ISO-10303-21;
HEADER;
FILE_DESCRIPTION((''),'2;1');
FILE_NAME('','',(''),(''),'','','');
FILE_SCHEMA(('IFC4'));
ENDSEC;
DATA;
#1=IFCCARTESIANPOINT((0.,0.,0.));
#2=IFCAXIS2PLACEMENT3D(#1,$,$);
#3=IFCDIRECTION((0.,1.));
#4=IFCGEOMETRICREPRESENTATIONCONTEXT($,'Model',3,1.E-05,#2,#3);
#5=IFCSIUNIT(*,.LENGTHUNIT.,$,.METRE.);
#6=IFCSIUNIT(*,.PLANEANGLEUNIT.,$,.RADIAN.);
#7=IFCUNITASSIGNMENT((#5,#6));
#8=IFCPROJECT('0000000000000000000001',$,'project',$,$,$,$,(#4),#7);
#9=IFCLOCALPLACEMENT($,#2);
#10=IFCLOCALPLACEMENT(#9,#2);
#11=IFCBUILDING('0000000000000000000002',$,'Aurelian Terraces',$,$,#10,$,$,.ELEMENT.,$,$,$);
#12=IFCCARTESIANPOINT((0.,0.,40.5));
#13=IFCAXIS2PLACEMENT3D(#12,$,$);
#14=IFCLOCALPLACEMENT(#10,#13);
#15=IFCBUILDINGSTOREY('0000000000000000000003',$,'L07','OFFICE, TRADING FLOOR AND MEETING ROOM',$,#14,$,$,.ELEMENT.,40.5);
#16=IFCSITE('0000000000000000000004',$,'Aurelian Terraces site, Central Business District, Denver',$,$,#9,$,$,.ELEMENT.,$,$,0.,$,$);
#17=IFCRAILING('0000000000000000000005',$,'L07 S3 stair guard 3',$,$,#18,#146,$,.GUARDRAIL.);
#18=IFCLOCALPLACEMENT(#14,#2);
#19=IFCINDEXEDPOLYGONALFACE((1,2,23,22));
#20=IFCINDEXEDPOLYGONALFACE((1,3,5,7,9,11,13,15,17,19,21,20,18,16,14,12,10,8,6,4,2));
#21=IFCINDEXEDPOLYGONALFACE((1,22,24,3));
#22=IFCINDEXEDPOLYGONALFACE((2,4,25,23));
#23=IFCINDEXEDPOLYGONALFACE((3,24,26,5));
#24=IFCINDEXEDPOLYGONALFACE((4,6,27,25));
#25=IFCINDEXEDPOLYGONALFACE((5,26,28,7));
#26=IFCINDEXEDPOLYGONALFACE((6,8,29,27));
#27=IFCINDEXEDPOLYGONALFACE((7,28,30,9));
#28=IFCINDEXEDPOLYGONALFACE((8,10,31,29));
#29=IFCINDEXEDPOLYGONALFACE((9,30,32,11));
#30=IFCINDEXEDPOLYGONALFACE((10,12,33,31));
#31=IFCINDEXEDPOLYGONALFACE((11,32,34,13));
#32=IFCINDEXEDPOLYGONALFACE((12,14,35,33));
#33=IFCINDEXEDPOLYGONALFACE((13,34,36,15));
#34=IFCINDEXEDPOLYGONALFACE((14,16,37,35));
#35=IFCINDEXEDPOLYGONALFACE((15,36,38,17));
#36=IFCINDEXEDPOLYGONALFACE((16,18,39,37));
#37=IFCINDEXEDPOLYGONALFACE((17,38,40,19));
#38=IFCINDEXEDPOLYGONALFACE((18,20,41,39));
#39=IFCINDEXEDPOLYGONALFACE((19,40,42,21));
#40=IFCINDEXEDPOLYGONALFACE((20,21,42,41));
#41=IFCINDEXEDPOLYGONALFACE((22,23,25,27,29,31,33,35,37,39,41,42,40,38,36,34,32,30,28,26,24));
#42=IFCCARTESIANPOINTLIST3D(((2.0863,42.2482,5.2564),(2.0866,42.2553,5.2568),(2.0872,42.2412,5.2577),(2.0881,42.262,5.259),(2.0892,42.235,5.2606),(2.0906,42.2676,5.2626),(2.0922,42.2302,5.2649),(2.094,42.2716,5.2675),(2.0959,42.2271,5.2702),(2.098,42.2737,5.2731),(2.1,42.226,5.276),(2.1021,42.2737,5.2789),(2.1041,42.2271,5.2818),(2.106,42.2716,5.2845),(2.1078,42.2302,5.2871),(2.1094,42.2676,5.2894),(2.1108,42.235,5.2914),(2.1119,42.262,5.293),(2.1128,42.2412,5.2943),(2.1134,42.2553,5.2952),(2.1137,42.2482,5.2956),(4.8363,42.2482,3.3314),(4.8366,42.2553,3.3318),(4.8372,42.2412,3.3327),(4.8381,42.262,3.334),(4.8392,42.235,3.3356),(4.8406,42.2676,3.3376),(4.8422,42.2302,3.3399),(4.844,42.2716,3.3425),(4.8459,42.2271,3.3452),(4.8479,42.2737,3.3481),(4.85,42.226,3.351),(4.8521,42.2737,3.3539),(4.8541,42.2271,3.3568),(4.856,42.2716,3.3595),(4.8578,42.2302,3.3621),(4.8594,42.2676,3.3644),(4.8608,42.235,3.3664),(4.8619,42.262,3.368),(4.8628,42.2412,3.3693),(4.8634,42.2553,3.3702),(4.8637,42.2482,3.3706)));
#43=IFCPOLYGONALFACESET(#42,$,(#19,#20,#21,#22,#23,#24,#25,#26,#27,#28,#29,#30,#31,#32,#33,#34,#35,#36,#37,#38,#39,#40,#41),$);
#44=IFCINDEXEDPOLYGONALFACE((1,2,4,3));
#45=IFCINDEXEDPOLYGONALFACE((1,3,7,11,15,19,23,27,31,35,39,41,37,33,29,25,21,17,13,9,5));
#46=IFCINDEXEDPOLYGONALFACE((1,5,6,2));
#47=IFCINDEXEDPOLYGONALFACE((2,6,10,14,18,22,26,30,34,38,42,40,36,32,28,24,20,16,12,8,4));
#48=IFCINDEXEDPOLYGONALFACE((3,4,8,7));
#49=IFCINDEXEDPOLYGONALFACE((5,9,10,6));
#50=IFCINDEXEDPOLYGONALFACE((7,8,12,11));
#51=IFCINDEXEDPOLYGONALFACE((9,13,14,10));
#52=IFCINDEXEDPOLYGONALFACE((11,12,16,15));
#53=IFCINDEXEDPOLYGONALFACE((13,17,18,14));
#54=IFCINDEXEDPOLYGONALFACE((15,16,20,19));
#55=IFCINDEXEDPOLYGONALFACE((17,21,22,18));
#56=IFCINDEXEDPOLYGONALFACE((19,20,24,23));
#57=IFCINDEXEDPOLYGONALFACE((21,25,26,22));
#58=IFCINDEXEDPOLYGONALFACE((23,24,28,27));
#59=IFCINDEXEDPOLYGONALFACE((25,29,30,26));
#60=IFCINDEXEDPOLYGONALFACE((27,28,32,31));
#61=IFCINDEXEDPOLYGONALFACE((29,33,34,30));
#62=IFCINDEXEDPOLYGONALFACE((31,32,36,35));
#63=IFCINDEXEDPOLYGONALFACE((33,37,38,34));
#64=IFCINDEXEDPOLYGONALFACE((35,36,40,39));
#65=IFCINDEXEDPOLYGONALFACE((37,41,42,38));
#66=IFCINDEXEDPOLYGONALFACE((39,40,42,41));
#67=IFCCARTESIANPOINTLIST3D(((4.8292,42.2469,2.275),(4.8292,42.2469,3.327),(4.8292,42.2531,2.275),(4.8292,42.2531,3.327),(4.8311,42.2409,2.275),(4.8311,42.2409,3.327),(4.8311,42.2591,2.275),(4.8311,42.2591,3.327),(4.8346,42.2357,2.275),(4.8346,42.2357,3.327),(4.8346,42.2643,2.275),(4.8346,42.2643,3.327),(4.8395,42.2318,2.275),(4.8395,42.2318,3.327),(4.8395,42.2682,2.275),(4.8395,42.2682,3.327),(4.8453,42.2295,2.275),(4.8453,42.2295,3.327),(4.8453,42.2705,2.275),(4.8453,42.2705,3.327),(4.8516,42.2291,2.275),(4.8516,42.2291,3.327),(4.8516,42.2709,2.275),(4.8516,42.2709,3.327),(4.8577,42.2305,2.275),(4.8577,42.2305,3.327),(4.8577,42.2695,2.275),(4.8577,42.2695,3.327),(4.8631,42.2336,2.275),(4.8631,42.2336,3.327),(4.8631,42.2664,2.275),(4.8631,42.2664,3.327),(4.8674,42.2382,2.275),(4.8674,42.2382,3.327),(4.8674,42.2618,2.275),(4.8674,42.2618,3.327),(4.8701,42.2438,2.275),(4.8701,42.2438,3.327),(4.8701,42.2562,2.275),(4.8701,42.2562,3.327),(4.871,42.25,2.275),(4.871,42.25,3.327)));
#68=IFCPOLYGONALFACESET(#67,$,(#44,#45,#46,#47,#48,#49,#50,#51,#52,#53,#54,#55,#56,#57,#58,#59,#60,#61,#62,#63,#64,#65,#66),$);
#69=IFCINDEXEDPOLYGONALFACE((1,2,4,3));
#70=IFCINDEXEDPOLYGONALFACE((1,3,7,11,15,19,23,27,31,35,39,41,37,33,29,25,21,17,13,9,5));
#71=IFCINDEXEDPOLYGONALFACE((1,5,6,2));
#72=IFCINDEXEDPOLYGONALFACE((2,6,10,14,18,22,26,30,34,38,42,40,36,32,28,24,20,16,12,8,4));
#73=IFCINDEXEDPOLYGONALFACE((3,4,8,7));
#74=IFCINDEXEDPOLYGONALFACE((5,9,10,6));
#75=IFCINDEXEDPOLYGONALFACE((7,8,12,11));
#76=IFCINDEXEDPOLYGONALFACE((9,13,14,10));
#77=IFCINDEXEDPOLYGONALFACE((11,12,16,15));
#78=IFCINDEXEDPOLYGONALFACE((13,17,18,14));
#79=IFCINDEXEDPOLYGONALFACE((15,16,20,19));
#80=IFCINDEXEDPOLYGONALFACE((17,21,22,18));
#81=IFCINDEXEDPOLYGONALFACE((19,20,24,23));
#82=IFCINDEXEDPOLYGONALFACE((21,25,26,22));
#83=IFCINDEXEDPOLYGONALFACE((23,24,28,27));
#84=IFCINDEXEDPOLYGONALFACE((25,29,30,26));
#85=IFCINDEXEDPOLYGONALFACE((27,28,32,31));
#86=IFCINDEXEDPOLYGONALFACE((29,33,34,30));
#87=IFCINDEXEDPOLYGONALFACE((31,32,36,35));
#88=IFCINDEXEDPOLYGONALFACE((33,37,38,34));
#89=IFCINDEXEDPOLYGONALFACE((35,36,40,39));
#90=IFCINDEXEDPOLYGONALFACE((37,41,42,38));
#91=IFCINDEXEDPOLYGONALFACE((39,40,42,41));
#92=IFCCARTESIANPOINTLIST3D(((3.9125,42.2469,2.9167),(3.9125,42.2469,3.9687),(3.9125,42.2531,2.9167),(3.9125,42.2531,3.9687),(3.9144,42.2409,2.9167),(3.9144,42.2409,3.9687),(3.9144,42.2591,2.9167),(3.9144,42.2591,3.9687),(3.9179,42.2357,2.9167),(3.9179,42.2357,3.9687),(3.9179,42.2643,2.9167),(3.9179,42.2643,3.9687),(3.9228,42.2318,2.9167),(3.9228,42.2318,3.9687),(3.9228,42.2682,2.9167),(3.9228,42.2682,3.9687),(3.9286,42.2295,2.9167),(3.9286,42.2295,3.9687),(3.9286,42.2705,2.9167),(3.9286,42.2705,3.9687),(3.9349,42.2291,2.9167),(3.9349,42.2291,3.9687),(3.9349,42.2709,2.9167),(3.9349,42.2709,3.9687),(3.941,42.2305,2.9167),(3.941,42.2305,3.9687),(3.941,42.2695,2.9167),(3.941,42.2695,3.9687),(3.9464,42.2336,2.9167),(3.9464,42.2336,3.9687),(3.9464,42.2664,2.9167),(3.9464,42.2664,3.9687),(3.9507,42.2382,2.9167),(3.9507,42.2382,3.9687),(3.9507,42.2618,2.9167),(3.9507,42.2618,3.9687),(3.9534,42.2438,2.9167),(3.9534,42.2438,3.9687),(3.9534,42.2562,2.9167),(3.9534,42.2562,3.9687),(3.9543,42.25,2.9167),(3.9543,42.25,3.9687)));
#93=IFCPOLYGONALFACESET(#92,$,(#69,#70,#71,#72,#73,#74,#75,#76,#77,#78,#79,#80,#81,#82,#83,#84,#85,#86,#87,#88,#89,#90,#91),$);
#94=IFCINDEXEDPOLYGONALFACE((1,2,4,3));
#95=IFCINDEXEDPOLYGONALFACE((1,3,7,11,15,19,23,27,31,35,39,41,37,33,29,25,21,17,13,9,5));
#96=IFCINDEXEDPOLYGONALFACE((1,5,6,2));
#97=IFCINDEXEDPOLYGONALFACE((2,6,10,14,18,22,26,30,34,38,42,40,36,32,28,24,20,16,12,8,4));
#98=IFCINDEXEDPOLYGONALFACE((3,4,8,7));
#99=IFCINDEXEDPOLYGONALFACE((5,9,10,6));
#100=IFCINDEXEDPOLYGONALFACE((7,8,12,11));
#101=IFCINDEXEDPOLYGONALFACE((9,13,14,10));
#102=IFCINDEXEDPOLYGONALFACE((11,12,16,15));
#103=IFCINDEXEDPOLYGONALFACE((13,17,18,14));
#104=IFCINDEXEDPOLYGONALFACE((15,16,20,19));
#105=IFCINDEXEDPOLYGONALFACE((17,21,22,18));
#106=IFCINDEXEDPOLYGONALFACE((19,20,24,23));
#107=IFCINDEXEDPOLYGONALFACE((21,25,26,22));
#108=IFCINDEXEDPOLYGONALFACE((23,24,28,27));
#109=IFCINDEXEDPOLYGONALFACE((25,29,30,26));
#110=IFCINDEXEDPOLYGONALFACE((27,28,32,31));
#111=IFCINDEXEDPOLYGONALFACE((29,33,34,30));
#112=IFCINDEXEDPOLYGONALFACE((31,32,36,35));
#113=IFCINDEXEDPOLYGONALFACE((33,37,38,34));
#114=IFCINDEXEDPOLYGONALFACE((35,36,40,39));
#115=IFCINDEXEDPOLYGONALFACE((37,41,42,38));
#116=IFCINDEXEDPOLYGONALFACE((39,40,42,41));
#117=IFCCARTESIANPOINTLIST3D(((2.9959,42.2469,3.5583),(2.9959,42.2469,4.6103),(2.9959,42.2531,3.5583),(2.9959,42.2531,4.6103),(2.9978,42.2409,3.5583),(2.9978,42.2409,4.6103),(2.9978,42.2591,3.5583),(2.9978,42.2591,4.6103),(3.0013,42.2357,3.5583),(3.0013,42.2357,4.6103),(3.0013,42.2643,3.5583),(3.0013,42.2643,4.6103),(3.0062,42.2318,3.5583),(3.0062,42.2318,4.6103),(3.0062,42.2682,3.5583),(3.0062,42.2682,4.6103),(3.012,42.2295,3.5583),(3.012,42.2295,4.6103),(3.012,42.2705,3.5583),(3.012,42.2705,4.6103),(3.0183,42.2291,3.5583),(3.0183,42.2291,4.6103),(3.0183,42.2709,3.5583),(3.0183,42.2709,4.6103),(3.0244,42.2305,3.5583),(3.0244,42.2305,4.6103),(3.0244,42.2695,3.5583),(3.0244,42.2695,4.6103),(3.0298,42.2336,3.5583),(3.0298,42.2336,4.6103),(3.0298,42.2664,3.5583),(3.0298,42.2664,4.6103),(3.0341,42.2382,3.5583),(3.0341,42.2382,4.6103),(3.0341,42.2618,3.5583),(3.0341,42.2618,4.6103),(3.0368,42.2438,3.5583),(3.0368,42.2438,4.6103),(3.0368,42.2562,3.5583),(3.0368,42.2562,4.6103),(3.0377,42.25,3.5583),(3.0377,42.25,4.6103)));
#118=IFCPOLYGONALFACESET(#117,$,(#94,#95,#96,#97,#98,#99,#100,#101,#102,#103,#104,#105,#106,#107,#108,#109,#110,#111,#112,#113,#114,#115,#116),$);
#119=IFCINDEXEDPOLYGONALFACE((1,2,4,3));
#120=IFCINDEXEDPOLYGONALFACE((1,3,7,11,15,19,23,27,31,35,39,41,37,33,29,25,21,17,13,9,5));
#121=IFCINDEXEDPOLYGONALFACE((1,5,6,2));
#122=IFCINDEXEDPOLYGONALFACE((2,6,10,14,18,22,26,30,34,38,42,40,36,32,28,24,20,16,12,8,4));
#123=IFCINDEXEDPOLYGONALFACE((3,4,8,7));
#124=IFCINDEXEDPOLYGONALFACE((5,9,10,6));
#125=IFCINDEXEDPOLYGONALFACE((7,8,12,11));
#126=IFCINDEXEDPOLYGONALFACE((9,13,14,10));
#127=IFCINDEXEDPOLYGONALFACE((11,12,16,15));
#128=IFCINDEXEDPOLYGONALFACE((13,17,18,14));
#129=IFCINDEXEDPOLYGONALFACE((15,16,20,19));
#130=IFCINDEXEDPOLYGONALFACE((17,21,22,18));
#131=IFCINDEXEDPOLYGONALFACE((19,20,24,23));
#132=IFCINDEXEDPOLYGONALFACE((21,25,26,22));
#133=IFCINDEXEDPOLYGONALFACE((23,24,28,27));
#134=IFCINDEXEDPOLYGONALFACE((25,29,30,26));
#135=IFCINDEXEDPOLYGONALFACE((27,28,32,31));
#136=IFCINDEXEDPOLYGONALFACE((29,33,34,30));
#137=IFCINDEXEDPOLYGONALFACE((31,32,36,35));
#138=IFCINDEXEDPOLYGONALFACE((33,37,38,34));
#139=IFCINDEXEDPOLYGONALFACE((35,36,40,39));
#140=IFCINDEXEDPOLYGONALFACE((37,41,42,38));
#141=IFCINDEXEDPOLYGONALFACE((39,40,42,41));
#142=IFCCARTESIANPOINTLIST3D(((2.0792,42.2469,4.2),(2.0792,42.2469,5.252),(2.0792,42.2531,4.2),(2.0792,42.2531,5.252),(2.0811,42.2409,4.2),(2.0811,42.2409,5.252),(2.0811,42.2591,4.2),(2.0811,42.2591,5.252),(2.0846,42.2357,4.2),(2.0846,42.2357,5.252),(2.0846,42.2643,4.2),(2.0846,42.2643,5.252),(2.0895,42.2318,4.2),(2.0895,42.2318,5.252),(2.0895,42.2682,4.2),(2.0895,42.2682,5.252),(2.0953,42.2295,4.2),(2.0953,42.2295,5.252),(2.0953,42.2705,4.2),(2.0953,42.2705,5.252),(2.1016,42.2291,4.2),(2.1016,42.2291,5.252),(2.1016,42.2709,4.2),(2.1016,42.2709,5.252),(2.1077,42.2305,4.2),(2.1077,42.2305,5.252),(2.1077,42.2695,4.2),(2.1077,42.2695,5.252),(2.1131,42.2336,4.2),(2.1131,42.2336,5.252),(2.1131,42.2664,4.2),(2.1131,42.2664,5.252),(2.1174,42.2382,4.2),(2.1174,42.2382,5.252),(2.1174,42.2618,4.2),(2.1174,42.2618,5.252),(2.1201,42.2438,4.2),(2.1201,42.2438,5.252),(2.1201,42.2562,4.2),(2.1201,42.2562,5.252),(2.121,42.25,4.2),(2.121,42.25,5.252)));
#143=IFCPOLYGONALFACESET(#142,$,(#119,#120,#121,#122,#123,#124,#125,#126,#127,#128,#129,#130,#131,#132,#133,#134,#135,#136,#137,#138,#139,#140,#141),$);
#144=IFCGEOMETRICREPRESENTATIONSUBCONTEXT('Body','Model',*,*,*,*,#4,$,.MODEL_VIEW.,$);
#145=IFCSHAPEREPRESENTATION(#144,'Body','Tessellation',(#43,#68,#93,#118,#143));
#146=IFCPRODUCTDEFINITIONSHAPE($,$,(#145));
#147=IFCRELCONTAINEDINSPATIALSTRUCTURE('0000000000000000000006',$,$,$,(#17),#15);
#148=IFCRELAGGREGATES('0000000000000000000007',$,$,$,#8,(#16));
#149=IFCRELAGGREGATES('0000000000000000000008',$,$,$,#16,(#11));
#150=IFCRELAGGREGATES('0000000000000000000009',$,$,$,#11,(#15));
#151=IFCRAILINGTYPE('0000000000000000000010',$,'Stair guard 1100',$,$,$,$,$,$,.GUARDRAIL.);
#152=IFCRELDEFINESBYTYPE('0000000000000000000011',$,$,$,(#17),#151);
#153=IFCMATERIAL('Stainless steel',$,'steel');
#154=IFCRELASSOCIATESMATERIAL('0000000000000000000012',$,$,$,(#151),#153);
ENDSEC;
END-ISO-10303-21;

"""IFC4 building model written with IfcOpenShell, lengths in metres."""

from ifc_helpers import new_model, si_unit, direction, frame, origin, origin_2d, place, context, subcontext, project, spatial, circle, extrude, material, type_object, element, save


model = new_model("IFC4")

# Units and contexts
model_context = context("Model", 3, precision=1e-05, world=origin(), true_north=direction((0.0, 1.0)))
body_context = subcontext(model_context, "Body", "Model", "MODEL_VIEW")
ifc_project = project(units=[si_unit("LENGTHUNIT", "METRE"), si_unit("PLANEANGLEUNIT", "RADIAN")], contexts=[model_context])

# Site, building, storey
site_placement = place(None, origin())
site = spatial("IfcSite", under=ifc_project, at=site_placement, Name="Aurelian Terraces site, Central Business District, Denver", CompositionType="ELEMENT", RefElevation=0.0)
building_placement = place(site_placement, origin())
building = spatial("IfcBuilding", under=site, at=building_placement, Name="Aurelian Terraces", CompositionType="ELEMENT")
storey_placement = place(building_placement, frame((0.0, 0.0, 40.5)))
storey = spatial("IfcBuildingStorey", under=building, at=storey_placement, Name="L07", Description="OFFICE, TRADING FLOOR AND MEETING ROOM", CompositionType="ELEMENT", Elevation=40.5)

# Railing
ifc_material_1 = material(Name="Stainless steel", Category="steel")
railing_type_1 = type_object("IfcRailingType", Name="Stair guard 1100", PredefinedType="GUARDRAIL", material=ifc_material_1)
railing_1_placement = place(storey_placement, frame((4.85, 42.25, 2.275)))
element("IfcRailing", 1, at=railing_1_placement, inside=storey, type_object=railing_type_1, Name="L07 S3 stair guard 3", PredefinedType="GUARDRAIL", context=body_context, shape_type="SweptSolid", body=[
    extrude(circle(Radius=0.024, at=origin_2d()), frame((0.0, 0.0, 1.076), z_axis=(-0.819232, 0.0, 0.573462), x_axis=(0.0, -1.0, 0.0)), (0.0, 0.0, 1.0), 3.3568),
    extrude(circle(Radius=0.021, at=origin_2d()), origin(), (0.0, 0.0, 1.0), 1.052),
    extrude(circle(Radius=0.021, at=origin_2d()), frame((-0.9167, 0.0, 0.6417)), (0.0, 0.0, 1.0), 1.052),
    extrude(circle(Radius=0.021, at=origin_2d()), frame((-1.8333, 0.0, 1.2833)), (0.0, 0.0, 1.0), 1.052),
    extrude(circle(Radius=0.021, at=origin_2d()), frame((-2.75, 0.0, 1.925)), (0.0, 0.0, 1.0), 1.052),
])

save(model, "model.ifc")
